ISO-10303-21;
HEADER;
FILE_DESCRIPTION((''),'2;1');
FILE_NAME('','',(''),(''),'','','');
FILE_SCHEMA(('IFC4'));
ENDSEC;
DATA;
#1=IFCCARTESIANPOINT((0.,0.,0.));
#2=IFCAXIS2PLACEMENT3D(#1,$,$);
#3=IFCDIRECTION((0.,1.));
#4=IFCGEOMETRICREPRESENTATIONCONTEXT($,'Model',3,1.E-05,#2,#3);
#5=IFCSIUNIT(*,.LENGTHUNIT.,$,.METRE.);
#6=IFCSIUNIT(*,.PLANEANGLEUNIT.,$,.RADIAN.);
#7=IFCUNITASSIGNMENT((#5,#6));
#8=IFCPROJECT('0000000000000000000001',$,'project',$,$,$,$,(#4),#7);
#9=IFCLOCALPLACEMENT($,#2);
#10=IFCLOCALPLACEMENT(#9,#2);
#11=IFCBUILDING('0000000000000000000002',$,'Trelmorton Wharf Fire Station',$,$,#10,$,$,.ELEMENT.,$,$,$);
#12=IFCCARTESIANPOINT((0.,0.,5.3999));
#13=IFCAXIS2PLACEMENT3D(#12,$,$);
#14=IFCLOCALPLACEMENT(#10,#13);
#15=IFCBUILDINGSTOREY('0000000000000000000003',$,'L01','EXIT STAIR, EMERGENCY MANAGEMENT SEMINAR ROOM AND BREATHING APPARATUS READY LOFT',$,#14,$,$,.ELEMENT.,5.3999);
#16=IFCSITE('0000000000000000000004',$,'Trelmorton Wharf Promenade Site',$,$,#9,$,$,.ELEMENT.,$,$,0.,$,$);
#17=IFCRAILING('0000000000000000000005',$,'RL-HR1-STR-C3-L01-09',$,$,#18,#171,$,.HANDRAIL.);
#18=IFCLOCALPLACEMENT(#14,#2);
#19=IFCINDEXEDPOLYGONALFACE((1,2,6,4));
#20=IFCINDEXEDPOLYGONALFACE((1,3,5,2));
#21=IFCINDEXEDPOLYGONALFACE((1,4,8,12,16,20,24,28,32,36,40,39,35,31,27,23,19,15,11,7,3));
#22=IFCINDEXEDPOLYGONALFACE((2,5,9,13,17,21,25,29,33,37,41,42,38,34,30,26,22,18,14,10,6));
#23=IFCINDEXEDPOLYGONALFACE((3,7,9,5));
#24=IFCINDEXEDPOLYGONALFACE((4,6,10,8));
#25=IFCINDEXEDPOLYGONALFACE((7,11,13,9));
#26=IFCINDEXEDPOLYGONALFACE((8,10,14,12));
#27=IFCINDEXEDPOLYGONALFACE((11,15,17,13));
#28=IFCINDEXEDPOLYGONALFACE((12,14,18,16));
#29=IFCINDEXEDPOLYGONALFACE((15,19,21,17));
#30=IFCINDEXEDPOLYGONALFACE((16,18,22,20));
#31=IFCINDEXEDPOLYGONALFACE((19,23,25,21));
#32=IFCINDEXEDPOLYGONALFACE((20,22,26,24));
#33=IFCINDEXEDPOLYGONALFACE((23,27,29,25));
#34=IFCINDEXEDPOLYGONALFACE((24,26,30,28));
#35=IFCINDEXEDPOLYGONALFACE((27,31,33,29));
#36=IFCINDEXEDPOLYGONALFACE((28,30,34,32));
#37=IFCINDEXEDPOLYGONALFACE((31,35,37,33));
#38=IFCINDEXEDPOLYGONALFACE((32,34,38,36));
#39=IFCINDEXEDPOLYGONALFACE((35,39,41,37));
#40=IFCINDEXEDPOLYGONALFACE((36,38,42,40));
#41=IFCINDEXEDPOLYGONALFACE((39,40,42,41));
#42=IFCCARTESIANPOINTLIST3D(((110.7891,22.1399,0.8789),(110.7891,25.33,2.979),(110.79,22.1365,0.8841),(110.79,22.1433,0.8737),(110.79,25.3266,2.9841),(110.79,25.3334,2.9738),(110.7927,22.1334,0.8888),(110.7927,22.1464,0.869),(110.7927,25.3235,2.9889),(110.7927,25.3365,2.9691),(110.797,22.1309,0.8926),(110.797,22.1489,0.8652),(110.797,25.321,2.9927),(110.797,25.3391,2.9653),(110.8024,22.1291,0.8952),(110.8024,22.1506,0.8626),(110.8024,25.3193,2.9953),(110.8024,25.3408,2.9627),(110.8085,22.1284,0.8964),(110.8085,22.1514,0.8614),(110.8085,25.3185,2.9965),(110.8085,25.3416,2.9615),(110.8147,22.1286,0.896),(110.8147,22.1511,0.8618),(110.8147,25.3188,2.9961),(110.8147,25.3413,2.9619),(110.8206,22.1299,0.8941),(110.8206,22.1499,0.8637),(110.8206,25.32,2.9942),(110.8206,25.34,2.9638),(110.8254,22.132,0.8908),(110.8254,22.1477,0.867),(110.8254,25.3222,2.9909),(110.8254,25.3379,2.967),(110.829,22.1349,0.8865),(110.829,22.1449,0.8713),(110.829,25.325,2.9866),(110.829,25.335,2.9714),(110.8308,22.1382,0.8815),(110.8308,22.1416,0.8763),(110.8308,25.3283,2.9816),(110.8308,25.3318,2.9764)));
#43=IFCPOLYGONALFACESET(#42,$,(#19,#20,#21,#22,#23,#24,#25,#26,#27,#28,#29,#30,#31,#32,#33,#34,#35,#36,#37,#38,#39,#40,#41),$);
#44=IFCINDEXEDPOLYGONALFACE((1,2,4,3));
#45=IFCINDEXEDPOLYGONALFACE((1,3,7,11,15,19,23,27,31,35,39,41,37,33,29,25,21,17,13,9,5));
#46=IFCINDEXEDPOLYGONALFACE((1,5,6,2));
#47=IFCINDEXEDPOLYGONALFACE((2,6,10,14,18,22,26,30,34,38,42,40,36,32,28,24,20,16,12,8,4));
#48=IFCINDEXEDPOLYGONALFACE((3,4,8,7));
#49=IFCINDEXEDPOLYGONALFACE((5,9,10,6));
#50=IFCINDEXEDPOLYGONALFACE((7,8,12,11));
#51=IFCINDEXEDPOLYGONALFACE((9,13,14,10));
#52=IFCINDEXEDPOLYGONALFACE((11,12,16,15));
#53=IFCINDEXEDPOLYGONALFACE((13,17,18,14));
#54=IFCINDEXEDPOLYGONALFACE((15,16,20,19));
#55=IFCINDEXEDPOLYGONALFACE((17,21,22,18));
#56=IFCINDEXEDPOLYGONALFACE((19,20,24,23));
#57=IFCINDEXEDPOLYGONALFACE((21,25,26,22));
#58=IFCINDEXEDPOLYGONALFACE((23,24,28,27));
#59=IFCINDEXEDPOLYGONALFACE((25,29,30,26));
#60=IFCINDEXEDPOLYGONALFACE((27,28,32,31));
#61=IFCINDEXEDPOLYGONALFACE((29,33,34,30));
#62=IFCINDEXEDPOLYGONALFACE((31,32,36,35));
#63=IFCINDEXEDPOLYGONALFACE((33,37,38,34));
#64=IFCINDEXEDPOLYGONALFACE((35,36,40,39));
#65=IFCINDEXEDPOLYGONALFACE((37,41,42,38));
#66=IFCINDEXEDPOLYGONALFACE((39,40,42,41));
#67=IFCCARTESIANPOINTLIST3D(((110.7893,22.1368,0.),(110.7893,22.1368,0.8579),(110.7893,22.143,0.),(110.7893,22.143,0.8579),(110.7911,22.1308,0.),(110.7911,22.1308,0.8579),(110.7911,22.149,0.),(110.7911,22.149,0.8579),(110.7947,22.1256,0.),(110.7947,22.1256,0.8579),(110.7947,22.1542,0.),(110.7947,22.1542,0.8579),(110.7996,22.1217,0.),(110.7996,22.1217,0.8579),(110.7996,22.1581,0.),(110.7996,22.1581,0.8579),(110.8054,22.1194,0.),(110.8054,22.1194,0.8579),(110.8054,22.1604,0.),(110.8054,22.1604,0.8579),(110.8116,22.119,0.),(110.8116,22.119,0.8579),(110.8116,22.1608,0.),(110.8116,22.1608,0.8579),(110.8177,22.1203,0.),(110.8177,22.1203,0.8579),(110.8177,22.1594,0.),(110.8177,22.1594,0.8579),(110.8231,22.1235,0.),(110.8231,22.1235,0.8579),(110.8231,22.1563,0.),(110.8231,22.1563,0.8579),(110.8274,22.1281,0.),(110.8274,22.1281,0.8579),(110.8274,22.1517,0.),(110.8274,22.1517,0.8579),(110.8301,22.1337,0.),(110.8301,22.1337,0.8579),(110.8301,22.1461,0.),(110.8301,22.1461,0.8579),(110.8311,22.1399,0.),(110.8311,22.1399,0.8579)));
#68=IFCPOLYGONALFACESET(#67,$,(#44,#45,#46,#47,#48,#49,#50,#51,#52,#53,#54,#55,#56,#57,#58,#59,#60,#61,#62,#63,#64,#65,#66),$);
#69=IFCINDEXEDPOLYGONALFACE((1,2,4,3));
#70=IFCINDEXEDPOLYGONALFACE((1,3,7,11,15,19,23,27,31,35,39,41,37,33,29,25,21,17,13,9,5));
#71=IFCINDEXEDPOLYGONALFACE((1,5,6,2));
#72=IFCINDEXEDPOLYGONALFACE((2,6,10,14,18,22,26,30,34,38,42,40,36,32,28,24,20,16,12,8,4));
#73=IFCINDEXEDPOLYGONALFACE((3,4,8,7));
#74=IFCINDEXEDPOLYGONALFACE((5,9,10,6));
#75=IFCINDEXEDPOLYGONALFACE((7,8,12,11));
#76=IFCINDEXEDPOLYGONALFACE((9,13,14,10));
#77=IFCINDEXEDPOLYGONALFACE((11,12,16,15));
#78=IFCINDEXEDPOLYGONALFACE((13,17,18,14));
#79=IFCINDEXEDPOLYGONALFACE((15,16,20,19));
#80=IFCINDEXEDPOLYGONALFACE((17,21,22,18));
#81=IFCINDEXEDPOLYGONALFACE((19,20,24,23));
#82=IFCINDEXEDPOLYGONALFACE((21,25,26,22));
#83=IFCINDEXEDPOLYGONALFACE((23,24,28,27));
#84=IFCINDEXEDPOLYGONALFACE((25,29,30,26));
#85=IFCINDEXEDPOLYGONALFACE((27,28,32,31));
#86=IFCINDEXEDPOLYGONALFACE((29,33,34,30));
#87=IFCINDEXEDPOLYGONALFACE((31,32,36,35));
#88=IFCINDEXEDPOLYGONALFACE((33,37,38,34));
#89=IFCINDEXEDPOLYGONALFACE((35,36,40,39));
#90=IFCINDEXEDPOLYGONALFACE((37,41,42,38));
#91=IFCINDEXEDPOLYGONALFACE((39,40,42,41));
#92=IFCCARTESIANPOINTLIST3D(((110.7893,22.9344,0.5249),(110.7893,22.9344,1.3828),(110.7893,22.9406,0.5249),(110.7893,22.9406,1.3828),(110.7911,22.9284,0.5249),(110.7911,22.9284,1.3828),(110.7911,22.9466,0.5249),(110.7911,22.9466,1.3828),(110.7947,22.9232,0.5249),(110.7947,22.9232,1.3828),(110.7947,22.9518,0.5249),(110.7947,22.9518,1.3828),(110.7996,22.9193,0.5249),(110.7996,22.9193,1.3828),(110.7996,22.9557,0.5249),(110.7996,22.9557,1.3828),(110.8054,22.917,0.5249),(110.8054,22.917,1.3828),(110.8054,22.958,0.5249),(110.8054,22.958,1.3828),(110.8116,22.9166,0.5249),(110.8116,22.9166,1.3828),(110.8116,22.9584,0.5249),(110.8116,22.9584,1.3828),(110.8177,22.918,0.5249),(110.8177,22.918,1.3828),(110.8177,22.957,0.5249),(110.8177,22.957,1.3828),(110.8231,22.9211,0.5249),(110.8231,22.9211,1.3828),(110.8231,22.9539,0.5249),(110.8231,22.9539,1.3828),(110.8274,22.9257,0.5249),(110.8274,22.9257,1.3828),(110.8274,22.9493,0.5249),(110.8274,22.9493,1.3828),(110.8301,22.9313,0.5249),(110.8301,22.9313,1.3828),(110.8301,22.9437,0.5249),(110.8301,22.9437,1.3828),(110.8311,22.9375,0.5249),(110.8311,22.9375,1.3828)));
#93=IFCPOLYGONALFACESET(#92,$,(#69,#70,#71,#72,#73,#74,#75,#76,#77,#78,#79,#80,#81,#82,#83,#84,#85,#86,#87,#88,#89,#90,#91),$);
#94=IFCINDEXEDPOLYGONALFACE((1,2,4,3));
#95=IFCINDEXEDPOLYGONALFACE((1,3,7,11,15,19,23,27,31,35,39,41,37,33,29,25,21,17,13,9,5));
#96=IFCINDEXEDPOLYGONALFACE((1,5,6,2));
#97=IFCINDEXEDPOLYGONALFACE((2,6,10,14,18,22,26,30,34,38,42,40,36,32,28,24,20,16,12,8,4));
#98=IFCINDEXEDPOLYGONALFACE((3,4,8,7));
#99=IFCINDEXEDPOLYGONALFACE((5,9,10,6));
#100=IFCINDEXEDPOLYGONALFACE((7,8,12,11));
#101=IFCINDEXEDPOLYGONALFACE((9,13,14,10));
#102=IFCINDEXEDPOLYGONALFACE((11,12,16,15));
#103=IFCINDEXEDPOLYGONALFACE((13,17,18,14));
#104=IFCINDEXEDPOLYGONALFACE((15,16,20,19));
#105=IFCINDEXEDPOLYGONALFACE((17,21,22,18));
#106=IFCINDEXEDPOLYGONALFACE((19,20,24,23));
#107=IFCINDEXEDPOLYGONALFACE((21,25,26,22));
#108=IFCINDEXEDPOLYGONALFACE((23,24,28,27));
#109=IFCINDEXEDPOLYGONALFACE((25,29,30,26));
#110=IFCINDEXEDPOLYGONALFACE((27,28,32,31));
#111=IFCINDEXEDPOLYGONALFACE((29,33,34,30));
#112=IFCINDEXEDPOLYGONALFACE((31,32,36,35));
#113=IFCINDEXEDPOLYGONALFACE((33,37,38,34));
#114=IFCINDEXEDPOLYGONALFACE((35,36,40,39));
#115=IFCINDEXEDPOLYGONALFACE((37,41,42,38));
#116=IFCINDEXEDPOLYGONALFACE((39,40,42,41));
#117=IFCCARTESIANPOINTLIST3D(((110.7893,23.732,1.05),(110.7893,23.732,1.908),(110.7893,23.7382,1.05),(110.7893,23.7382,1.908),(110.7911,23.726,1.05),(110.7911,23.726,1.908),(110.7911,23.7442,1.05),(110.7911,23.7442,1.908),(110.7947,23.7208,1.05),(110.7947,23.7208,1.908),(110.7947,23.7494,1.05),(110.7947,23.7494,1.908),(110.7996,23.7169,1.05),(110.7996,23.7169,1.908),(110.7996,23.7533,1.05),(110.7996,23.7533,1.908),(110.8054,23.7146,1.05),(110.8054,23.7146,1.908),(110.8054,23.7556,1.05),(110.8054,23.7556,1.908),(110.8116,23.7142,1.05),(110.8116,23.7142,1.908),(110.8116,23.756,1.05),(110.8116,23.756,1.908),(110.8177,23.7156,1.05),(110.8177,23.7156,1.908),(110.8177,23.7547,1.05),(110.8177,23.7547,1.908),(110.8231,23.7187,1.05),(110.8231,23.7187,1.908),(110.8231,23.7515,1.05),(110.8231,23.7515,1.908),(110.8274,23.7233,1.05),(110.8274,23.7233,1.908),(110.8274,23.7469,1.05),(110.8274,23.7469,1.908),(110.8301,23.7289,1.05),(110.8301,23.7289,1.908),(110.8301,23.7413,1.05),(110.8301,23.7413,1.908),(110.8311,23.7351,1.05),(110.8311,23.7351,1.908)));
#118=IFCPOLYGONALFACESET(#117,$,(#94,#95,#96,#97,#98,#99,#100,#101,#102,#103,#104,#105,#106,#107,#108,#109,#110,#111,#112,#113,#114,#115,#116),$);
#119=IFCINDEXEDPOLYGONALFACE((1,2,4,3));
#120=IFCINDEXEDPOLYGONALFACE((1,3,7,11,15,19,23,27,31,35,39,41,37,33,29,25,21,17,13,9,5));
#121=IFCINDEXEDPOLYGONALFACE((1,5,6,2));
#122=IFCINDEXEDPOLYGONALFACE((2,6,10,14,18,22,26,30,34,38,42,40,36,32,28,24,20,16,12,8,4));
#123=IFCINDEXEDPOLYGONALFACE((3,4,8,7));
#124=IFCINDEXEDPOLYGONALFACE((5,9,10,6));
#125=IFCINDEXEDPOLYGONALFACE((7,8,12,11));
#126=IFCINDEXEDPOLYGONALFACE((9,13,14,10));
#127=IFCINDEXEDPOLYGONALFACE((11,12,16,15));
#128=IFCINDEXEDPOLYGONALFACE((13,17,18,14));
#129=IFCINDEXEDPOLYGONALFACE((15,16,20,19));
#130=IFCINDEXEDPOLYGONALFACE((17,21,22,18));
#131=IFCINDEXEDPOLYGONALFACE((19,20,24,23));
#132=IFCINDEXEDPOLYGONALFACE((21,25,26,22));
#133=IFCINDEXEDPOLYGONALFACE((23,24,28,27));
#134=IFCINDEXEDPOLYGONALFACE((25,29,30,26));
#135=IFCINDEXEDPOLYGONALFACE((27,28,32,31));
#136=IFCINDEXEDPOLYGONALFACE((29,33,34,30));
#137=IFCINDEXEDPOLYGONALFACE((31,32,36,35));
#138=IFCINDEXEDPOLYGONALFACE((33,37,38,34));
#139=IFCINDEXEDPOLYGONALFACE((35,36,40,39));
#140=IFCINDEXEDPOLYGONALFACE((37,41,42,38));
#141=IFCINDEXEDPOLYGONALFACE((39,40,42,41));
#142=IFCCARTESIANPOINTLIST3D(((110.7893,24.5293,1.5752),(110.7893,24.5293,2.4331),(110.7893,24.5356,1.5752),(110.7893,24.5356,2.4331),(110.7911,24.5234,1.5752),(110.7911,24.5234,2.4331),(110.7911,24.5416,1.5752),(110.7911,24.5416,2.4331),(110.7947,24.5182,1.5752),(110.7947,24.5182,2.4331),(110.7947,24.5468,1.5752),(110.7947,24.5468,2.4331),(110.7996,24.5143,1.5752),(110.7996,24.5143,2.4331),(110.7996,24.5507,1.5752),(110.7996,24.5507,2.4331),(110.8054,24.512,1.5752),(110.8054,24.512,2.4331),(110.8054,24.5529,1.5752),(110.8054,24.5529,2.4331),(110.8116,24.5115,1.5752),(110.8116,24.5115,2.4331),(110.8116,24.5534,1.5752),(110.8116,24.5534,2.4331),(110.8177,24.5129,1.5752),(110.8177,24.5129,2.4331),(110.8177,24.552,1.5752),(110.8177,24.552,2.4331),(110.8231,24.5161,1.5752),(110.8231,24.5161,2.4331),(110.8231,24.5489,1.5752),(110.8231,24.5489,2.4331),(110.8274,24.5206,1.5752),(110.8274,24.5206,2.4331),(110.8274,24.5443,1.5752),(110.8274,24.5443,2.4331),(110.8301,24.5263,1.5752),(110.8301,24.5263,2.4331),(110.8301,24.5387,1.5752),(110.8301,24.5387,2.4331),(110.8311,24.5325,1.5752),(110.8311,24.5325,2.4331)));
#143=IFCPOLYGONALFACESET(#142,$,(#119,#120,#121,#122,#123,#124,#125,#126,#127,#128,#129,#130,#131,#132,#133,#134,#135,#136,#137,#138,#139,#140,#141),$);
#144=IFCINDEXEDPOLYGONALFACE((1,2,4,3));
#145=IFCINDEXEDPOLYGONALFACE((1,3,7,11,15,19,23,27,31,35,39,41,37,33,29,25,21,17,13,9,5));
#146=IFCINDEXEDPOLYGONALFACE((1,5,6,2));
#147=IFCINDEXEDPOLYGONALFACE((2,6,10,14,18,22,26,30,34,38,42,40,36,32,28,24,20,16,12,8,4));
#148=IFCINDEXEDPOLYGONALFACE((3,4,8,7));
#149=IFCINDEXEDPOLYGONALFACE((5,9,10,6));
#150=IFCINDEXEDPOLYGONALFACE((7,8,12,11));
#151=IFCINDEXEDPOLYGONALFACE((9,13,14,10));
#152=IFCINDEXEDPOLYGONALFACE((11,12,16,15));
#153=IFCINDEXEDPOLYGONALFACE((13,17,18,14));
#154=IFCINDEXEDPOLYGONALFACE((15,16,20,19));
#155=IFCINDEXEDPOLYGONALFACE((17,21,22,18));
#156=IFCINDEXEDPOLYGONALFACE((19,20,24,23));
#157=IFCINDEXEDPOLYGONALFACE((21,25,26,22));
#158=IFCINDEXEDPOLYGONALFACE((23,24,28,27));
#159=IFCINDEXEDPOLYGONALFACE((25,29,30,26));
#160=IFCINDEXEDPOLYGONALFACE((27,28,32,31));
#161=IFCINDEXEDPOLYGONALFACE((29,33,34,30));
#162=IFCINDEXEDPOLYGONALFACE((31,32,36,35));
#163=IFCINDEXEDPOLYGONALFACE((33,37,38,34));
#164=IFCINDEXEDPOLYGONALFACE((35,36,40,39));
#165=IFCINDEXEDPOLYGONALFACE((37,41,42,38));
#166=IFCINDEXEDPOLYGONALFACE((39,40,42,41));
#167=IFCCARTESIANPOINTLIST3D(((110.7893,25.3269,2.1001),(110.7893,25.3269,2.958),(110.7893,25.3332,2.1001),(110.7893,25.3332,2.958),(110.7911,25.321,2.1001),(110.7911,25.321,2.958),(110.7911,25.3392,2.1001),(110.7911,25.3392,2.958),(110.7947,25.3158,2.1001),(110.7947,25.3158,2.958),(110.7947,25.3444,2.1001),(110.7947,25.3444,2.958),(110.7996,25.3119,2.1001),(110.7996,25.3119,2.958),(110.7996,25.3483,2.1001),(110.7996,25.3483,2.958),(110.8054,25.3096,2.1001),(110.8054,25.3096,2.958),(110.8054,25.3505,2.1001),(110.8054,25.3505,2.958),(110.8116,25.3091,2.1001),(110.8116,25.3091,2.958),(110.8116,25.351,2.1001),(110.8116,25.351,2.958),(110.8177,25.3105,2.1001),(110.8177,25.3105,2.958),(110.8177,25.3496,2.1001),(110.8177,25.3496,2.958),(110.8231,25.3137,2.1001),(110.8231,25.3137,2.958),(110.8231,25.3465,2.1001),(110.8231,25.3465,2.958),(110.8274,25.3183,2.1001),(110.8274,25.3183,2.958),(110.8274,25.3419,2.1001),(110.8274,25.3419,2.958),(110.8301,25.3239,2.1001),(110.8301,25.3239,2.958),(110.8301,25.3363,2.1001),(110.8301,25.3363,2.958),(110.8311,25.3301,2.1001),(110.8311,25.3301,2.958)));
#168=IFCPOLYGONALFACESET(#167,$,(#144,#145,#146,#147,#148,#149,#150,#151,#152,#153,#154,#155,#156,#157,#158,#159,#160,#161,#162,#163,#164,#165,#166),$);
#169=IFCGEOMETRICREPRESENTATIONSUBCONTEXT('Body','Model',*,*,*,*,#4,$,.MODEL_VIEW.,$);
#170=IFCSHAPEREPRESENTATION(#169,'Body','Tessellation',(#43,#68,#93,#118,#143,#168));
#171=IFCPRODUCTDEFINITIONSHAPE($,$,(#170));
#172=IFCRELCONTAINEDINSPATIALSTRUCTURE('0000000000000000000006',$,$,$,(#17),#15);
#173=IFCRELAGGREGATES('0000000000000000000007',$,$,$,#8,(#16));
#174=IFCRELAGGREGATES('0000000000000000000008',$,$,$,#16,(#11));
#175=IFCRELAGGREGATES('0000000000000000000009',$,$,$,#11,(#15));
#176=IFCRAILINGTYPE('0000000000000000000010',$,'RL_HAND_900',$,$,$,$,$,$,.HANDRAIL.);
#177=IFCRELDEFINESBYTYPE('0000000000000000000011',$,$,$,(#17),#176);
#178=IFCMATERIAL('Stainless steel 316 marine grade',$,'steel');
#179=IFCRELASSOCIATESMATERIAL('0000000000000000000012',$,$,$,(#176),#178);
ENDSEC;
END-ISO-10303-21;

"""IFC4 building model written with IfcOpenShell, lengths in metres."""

from ifc_helpers import new_model, si_unit, direction, frame, origin, origin_2d, place, context, subcontext, project, spatial, circle, extrude, material, type_object, element, save


model = new_model("IFC4")

# Units and contexts
model_context = context("Model", 3, precision=1e-05, world=origin(), true_north=direction((0.0, 1.0)))
body_context = subcontext(model_context, "Body", "Model", "MODEL_VIEW")
ifc_project = project(units=[si_unit("LENGTHUNIT", "METRE"), si_unit("PLANEANGLEUNIT", "RADIAN")], contexts=[model_context])

# Site, building, storey
site_placement = place(None, origin())
site = spatial("IfcSite", under=ifc_project, at=site_placement, Name="Trelmorton Wharf Promenade Site", CompositionType="ELEMENT", RefElevation=0.0)
building_placement = place(site_placement, origin())
building = spatial("IfcBuilding", under=site, at=building_placement, Name="Trelmorton Wharf Fire Station", CompositionType="ELEMENT")
storey_placement = place(building_placement, frame((0.0, 0.0, 5.3999)))
storey = spatial("IfcBuildingStorey", under=building, at=storey_placement, Name="L01", Description="EXIT STAIR, EMERGENCY MANAGEMENT SEMINAR ROOM AND BREATHING APPARATUS READY LOFT", CompositionType="ELEMENT", Elevation=5.3999)

# Shared definitions
ifc_material_1 = material(Name="Stainless steel 316 marine grade", Category="steel")

# Railing
railing_type_1 = type_object("IfcRailingType", Name="RL_HAND_900", PredefinedType="HANDRAIL", material=ifc_material_1)
railing_1_placement = place(storey_placement, frame((110.8101, 22.1399, 0.0)))
element("IfcRailing", 1, at=railing_1_placement, inside=storey, type_object=railing_type_1, Name="RL-HR1-STR-C3-L01-09", PredefinedType="HANDRAIL", context=body_context, shape_type="SweptSolid", body=[
    extrude(circle(Radius=0.021, at=origin_2d()), frame((0.0, 0.0, 0.8789), z_axis=(0.0, 0.835262, 0.549852), x_axis=(-1.0, 0.0, 0.0)), (0.0, 0.0, 1.0), 3.8193),
    extrude(circle(Radius=0.021, at=origin_2d()), origin(), (0.0, 0.0, 1.0), 0.8579),
    extrude(circle(Radius=0.021, at=origin_2d()), frame((0.0, 0.7976, 0.5249)), (0.0, 0.0, 1.0), 0.8579),
    extrude(circle(Radius=0.021, at=origin_2d()), frame((0.0, 1.5952, 1.05)), (0.0, 0.0, 1.0), 0.8579),
    extrude(circle(Radius=0.021, at=origin_2d()), frame((0.0, 2.3926, 1.5752)), (0.0, 0.0, 1.0), 0.8579),
    extrude(circle(Radius=0.021, at=origin_2d()), frame((0.0, 3.1902, 2.1001)), (0.0, 0.0, 1.0), 0.8579),
])

save(model, "model.ifc")
